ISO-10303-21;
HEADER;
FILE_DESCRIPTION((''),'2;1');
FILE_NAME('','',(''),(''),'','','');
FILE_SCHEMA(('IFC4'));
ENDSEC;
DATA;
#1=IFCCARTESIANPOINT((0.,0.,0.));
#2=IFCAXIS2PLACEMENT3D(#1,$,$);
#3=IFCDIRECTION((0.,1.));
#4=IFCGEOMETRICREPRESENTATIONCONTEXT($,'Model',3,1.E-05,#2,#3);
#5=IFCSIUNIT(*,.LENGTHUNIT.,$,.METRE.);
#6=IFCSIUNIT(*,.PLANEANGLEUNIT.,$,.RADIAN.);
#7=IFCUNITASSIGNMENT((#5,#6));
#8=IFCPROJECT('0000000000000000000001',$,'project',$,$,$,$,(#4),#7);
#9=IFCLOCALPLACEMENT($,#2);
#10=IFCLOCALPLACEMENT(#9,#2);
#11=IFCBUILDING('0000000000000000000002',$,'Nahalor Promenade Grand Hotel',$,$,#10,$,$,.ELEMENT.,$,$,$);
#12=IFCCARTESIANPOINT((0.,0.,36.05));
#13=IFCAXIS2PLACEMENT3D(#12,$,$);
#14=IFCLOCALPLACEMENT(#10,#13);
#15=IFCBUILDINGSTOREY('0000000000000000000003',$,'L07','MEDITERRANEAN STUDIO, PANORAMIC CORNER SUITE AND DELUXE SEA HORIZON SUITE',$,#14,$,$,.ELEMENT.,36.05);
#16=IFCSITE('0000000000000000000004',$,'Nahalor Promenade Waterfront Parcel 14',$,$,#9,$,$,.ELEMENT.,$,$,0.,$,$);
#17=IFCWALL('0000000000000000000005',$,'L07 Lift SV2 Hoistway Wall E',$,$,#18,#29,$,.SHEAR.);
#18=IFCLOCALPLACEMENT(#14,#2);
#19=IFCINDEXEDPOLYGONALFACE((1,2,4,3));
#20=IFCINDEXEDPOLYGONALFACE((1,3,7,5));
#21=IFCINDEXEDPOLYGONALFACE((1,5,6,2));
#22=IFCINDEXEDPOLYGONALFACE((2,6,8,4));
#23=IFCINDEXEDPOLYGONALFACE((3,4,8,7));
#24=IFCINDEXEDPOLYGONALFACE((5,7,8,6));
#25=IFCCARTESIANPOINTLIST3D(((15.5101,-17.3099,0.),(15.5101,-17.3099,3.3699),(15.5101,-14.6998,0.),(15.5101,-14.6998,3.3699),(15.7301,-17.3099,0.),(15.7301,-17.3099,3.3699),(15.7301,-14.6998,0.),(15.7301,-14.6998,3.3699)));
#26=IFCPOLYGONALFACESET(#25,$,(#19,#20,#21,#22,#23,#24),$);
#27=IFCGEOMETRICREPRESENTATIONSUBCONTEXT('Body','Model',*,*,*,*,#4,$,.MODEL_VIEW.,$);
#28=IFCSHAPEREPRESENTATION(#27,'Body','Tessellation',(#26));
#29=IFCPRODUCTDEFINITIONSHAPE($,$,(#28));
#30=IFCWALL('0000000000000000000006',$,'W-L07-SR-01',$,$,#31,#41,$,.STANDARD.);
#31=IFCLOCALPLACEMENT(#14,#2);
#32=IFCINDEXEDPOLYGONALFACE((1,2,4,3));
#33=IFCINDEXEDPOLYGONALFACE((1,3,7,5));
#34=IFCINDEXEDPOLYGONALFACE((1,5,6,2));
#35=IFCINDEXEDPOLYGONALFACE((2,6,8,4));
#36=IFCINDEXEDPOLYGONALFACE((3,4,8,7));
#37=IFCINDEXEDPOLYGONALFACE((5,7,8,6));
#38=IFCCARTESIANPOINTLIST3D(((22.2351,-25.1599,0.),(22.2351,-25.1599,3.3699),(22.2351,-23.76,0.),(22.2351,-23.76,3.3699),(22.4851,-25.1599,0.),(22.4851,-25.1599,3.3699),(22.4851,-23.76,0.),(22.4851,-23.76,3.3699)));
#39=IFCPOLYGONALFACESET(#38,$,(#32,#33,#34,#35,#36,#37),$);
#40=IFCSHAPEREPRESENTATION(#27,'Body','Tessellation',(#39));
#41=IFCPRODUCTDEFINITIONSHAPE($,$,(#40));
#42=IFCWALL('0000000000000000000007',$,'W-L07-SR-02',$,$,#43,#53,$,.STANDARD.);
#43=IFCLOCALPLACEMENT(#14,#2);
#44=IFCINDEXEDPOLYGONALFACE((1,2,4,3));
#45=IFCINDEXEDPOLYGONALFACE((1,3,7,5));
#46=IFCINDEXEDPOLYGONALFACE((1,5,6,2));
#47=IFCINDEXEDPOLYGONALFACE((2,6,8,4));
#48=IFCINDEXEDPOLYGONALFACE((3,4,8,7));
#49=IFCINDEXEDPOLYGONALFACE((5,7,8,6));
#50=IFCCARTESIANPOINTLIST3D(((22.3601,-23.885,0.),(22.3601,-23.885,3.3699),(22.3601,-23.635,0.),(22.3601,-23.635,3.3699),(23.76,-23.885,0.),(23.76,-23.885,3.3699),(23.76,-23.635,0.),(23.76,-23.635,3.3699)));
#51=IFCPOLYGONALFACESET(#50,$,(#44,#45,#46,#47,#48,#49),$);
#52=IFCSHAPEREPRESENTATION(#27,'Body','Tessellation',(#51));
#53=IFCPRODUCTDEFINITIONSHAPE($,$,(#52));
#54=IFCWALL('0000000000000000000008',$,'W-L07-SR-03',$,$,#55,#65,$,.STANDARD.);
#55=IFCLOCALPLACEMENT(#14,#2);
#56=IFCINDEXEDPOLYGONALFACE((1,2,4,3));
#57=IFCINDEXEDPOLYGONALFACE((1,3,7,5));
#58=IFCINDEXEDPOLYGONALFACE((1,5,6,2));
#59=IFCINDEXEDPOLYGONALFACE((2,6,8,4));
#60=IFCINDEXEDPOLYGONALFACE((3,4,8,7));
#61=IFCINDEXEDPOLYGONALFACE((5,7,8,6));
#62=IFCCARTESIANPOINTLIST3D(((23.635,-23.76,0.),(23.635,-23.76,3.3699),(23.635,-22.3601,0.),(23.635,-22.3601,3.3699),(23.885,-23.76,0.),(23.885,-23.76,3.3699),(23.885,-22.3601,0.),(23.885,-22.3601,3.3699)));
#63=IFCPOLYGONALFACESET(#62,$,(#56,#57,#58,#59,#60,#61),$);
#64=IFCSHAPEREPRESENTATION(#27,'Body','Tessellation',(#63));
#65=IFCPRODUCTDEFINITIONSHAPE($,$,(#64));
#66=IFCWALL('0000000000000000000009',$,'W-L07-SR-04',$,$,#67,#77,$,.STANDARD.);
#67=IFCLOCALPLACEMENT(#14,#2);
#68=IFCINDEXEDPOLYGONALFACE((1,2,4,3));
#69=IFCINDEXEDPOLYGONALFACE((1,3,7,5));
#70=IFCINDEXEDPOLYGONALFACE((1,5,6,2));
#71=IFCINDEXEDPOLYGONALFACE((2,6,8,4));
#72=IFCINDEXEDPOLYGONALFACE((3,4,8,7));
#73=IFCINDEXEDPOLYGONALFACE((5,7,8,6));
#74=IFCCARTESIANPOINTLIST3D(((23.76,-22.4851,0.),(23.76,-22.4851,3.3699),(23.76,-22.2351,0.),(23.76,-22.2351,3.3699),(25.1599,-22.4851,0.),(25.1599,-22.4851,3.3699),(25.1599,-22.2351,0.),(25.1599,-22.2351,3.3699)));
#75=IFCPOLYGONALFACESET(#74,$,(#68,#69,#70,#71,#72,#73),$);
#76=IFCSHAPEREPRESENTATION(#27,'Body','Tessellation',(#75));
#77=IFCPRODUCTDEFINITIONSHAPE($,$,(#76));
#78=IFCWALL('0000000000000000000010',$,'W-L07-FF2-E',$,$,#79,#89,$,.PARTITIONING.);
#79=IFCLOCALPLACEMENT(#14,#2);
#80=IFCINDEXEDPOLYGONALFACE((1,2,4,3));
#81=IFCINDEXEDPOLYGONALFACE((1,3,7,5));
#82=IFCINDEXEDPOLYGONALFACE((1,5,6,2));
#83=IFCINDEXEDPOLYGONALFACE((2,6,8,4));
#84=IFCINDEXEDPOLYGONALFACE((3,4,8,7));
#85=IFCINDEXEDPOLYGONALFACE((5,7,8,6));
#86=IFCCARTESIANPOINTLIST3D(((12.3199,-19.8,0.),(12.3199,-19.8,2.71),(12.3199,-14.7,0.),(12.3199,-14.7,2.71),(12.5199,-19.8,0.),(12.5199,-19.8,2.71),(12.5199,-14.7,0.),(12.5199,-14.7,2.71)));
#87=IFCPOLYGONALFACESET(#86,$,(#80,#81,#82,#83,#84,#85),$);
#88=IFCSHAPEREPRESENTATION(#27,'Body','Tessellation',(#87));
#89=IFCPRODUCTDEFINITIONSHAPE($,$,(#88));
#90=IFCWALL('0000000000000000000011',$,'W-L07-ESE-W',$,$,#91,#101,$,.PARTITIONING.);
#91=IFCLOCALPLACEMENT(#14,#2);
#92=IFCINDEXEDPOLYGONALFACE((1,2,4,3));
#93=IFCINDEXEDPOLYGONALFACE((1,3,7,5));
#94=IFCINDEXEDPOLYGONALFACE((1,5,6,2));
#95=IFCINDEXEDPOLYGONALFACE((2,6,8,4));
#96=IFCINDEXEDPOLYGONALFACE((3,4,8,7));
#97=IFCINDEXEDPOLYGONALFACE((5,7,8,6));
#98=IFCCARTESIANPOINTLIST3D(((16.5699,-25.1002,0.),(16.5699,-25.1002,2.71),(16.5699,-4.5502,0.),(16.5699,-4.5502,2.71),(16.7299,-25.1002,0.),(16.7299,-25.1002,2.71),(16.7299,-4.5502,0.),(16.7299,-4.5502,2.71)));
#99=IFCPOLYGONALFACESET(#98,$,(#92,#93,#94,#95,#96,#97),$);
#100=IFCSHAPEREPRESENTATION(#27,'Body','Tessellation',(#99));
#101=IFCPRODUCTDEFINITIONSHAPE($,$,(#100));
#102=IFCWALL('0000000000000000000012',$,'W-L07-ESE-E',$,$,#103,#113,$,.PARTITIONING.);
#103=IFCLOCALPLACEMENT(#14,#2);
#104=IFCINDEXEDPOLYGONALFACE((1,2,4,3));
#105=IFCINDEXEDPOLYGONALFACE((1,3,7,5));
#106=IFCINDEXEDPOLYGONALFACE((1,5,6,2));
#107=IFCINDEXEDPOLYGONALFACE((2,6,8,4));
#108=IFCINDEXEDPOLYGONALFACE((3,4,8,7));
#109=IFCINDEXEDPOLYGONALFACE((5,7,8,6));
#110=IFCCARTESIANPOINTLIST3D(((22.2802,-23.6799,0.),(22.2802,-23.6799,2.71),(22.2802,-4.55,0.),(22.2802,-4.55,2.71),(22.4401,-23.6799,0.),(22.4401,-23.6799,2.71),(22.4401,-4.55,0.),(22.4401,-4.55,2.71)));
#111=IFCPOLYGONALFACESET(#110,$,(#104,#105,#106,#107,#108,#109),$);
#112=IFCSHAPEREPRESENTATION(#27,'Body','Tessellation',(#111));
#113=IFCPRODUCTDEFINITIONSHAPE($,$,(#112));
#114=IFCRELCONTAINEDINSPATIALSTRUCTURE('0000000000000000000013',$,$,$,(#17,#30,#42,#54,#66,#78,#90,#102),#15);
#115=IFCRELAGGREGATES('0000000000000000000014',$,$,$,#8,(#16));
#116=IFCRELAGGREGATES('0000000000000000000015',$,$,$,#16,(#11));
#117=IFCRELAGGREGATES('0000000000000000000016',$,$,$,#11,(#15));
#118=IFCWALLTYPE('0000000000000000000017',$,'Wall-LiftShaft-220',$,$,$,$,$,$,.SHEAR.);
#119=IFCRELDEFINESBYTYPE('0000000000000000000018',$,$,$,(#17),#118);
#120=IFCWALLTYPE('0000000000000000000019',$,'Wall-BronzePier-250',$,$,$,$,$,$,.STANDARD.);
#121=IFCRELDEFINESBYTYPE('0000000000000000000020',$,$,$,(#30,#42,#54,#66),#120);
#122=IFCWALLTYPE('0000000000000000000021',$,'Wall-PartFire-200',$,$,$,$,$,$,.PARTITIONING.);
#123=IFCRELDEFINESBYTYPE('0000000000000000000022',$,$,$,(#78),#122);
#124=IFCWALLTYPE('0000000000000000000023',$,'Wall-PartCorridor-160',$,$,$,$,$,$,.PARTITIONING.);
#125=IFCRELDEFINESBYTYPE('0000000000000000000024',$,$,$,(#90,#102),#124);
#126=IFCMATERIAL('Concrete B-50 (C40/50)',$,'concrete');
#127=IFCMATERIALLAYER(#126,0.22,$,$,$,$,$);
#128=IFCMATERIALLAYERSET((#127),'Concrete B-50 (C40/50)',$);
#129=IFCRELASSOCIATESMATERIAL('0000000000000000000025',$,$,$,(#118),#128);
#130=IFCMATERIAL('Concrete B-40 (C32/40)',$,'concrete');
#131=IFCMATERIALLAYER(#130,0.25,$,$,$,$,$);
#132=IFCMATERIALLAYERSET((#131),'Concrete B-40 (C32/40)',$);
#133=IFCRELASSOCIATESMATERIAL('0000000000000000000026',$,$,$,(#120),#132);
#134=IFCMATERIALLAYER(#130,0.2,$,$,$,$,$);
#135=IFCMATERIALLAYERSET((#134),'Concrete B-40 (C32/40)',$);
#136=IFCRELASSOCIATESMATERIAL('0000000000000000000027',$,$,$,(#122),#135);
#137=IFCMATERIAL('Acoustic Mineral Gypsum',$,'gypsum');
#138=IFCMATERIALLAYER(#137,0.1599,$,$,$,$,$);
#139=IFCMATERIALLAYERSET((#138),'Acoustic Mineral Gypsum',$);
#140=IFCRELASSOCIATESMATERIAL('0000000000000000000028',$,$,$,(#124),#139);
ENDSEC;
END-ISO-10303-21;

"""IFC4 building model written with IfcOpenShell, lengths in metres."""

from ifc_helpers import new_model, si_unit, direction, frame, frame_2d, origin, place, context, subcontext, project, spatial, rectangle, extrude, source, transform, mapped, material, layer, layer_set, type_object, element, save


model = new_model("IFC4")

# Units and contexts
model_context = context("Model", 3, precision=1e-05, world=origin(), true_north=direction((0.0, 1.0)))
body_context = subcontext(model_context, "Body", "Model", "MODEL_VIEW")
ifc_project = project(units=[si_unit("LENGTHUNIT", "METRE"), si_unit("PLANEANGLEUNIT", "RADIAN")], contexts=[model_context])

# Site, building, storey
site_placement = place(None, origin())
site = spatial("IfcSite", under=ifc_project, at=site_placement, Name="Nahalor Promenade Waterfront Parcel 14", CompositionType="ELEMENT", RefElevation=0.0)
building_placement = place(site_placement, origin())
building = spatial("IfcBuilding", under=site, at=building_placement, Name="Nahalor Promenade Grand Hotel", CompositionType="ELEMENT")
storey_placement = place(building_placement, frame((0.0, 0.0, 36.05)))
storey = spatial("IfcBuildingStorey", under=building, at=storey_placement, Name="L07", Description="MEDITERRANEAN STUDIO, PANORAMIC CORNER SUITE AND DELUXE SEA HORIZON SUITE", CompositionType="ELEMENT", Elevation=36.05)

# Shared definitions
ifc_material_1 = material(Name="Concrete B-50 (C40/50)", Category="concrete")
ifc_layer_1 = layer(ifc_material_1, 0.22)
ifc_layer_set_1 = layer_set([ifc_layer_1], Name="Concrete B-50 (C40/50)")
wall_type_1 = type_object("IfcWallType", Name="Wall-LiftShaft-220", PredefinedType="SHEAR", material=ifc_layer_set_1)

# Shared definitions
shared_shape_1 = source(origin(), body_context, "Body", "SweptSolid", [
    extrude(rectangle(XDim=2.6101, YDim=0.22, at=frame_2d((1.3052, 0.0))), origin(), (0.0, 0.0, 1.0), 3.3699),
])

# Walls
wall_1_placement = place(storey_placement, frame((15.6201, -17.3101, 0.0), z_axis=(0.0, 0.0, 1.0), x_axis=(0.0, 1.0, 0.0)))
element("IfcWall", 1, at=wall_1_placement, inside=storey, type_object=wall_type_1, Name="L07 Lift SV2 Hoistway Wall E", PredefinedType="SHEAR", context=body_context, shape_type="MappedRepresentation", body=[
    mapped(shared_shape_1, transform((0.0, 0.0, 0.0), scale=1.0)),
])
ifc_material_2 = material(Name="Concrete B-40 (C32/40)", Category="concrete")
ifc_layer_2 = layer(ifc_material_2, 0.25)
ifc_layer_set_2 = layer_set([ifc_layer_2], Name="Concrete B-40 (C32/40)")
wall_type_2 = type_object("IfcWallType", Name="Wall-BronzePier-250", PredefinedType="STANDARD", material=ifc_layer_set_2)
shared_shape_2 = source(origin(), body_context, "Body", "SweptSolid", [
    extrude(rectangle(XDim=1.3999, YDim=0.25, at=frame_2d((0.7, 0.0))), origin(), (0.0, 0.0, 1.0), 3.3699),
])
for number, where, z_axis, x_axis, name in (
    (2, (22.3601, -25.1599, 0.0), (0.0, 0.0, 1.0), (0.0, 1.0, 0.0), "W-L07-SR-01"),
    (3, (22.3601, -23.76, 0.0), (0.0, 0.0, 1.0), (1.0, 0.0, 0.0), "W-L07-SR-02"),
    (4, (23.76, -23.76, 0.0), (0.0, 0.0, 1.0), (0.0, 1.0, 0.0), "W-L07-SR-03"),
    (5, (23.76, -22.3601, 0.0), (0.0, 0.0, 1.0), (1.0, 0.0, 0.0), "W-L07-SR-04"),
):
    element("IfcWall", number, at=place(storey_placement, frame(where, z_axis=z_axis, x_axis=x_axis)), inside=storey, type_object=wall_type_2, Name=name, PredefinedType="STANDARD", context=body_context, shape_type="MappedRepresentation", body=[
        mapped(shared_shape_2, transform((0.0, 0.0, 0.0), scale=1.0)),
    ])
ifc_layer_3 = layer(ifc_material_2, 0.2)
ifc_layer_set_3 = layer_set([ifc_layer_3], Name="Concrete B-40 (C32/40)")
wall_type_3 = type_object("IfcWallType", Name="Wall-PartFire-200", PredefinedType="PARTITIONING", material=ifc_layer_set_3)
shared_shape_3 = source(origin(), body_context, "Body", "SweptSolid", [
    extrude(rectangle(XDim=5.1001, YDim=0.2, at=frame_2d((2.55, 0.0))), origin(), (0.0, 0.0, 1.0), 2.71),
])
wall_2_placement = place(storey_placement, frame((12.4199, -19.8, 0.0), z_axis=(0.0, 0.0, 1.0), x_axis=(0.0, 1.0, 0.0)))
element("IfcWall", 6, at=wall_2_placement, inside=storey, type_object=wall_type_3, Name="W-L07-FF2-E", PredefinedType="PARTITIONING", context=body_context, shape_type="MappedRepresentation", body=[
    mapped(shared_shape_3, transform((0.0, 0.0, 0.0), scale=1.0)),
])
ifc_material_3 = material(Name="Acoustic Mineral Gypsum", Category="gypsum")
ifc_layer_4 = layer(ifc_material_3, 0.1599)
ifc_layer_set_4 = layer_set([ifc_layer_4], Name="Acoustic Mineral Gypsum")
wall_type_4 = type_object("IfcWallType", Name="Wall-PartCorridor-160", PredefinedType="PARTITIONING", material=ifc_layer_set_4)
shared_shape_4 = source(origin(), body_context, "Body", "SweptSolid", [
    extrude(rectangle(XDim=20.55, YDim=0.1599, at=frame_2d((10.2749, 0.0))), origin(), (0.0, 0.0, 1.0), 2.71),
])
wall_3_placement = place(storey_placement, frame((16.6499, -25.1001, 0.0), z_axis=(0.0, 0.0, 1.0), x_axis=(0.0, 1.0, 0.0)))
element("IfcWall", 7, at=wall_3_placement, inside=storey, type_object=wall_type_4, Name="W-L07-ESE-W", PredefinedType="PARTITIONING", context=body_context, shape_type="MappedRepresentation", body=[
    mapped(shared_shape_4, transform((0.0, 0.0, 0.0), scale=1.0)),
])
shared_shape_5 = source(origin(), body_context, "Body", "SweptSolid", [
    extrude(rectangle(XDim=19.1299, YDim=0.1599, at=frame_2d((9.5649, 0.0))), origin(), (0.0, 0.0, 1.0), 2.71),
])
wall_4_placement = place(storey_placement, frame((22.3601, -23.6799, 0.0), z_axis=(0.0, 0.0, 1.0), x_axis=(0.0, 1.0, 0.0)))
element("IfcWall", 8, at=wall_4_placement, inside=storey, type_object=wall_type_4, Name="W-L07-ESE-E", PredefinedType="PARTITIONING", context=body_context, shape_type="MappedRepresentation", body=[
    mapped(shared_shape_5, transform((0.0, 0.0, 0.0), scale=1.0)),
])

save(model, "model.ifc")
